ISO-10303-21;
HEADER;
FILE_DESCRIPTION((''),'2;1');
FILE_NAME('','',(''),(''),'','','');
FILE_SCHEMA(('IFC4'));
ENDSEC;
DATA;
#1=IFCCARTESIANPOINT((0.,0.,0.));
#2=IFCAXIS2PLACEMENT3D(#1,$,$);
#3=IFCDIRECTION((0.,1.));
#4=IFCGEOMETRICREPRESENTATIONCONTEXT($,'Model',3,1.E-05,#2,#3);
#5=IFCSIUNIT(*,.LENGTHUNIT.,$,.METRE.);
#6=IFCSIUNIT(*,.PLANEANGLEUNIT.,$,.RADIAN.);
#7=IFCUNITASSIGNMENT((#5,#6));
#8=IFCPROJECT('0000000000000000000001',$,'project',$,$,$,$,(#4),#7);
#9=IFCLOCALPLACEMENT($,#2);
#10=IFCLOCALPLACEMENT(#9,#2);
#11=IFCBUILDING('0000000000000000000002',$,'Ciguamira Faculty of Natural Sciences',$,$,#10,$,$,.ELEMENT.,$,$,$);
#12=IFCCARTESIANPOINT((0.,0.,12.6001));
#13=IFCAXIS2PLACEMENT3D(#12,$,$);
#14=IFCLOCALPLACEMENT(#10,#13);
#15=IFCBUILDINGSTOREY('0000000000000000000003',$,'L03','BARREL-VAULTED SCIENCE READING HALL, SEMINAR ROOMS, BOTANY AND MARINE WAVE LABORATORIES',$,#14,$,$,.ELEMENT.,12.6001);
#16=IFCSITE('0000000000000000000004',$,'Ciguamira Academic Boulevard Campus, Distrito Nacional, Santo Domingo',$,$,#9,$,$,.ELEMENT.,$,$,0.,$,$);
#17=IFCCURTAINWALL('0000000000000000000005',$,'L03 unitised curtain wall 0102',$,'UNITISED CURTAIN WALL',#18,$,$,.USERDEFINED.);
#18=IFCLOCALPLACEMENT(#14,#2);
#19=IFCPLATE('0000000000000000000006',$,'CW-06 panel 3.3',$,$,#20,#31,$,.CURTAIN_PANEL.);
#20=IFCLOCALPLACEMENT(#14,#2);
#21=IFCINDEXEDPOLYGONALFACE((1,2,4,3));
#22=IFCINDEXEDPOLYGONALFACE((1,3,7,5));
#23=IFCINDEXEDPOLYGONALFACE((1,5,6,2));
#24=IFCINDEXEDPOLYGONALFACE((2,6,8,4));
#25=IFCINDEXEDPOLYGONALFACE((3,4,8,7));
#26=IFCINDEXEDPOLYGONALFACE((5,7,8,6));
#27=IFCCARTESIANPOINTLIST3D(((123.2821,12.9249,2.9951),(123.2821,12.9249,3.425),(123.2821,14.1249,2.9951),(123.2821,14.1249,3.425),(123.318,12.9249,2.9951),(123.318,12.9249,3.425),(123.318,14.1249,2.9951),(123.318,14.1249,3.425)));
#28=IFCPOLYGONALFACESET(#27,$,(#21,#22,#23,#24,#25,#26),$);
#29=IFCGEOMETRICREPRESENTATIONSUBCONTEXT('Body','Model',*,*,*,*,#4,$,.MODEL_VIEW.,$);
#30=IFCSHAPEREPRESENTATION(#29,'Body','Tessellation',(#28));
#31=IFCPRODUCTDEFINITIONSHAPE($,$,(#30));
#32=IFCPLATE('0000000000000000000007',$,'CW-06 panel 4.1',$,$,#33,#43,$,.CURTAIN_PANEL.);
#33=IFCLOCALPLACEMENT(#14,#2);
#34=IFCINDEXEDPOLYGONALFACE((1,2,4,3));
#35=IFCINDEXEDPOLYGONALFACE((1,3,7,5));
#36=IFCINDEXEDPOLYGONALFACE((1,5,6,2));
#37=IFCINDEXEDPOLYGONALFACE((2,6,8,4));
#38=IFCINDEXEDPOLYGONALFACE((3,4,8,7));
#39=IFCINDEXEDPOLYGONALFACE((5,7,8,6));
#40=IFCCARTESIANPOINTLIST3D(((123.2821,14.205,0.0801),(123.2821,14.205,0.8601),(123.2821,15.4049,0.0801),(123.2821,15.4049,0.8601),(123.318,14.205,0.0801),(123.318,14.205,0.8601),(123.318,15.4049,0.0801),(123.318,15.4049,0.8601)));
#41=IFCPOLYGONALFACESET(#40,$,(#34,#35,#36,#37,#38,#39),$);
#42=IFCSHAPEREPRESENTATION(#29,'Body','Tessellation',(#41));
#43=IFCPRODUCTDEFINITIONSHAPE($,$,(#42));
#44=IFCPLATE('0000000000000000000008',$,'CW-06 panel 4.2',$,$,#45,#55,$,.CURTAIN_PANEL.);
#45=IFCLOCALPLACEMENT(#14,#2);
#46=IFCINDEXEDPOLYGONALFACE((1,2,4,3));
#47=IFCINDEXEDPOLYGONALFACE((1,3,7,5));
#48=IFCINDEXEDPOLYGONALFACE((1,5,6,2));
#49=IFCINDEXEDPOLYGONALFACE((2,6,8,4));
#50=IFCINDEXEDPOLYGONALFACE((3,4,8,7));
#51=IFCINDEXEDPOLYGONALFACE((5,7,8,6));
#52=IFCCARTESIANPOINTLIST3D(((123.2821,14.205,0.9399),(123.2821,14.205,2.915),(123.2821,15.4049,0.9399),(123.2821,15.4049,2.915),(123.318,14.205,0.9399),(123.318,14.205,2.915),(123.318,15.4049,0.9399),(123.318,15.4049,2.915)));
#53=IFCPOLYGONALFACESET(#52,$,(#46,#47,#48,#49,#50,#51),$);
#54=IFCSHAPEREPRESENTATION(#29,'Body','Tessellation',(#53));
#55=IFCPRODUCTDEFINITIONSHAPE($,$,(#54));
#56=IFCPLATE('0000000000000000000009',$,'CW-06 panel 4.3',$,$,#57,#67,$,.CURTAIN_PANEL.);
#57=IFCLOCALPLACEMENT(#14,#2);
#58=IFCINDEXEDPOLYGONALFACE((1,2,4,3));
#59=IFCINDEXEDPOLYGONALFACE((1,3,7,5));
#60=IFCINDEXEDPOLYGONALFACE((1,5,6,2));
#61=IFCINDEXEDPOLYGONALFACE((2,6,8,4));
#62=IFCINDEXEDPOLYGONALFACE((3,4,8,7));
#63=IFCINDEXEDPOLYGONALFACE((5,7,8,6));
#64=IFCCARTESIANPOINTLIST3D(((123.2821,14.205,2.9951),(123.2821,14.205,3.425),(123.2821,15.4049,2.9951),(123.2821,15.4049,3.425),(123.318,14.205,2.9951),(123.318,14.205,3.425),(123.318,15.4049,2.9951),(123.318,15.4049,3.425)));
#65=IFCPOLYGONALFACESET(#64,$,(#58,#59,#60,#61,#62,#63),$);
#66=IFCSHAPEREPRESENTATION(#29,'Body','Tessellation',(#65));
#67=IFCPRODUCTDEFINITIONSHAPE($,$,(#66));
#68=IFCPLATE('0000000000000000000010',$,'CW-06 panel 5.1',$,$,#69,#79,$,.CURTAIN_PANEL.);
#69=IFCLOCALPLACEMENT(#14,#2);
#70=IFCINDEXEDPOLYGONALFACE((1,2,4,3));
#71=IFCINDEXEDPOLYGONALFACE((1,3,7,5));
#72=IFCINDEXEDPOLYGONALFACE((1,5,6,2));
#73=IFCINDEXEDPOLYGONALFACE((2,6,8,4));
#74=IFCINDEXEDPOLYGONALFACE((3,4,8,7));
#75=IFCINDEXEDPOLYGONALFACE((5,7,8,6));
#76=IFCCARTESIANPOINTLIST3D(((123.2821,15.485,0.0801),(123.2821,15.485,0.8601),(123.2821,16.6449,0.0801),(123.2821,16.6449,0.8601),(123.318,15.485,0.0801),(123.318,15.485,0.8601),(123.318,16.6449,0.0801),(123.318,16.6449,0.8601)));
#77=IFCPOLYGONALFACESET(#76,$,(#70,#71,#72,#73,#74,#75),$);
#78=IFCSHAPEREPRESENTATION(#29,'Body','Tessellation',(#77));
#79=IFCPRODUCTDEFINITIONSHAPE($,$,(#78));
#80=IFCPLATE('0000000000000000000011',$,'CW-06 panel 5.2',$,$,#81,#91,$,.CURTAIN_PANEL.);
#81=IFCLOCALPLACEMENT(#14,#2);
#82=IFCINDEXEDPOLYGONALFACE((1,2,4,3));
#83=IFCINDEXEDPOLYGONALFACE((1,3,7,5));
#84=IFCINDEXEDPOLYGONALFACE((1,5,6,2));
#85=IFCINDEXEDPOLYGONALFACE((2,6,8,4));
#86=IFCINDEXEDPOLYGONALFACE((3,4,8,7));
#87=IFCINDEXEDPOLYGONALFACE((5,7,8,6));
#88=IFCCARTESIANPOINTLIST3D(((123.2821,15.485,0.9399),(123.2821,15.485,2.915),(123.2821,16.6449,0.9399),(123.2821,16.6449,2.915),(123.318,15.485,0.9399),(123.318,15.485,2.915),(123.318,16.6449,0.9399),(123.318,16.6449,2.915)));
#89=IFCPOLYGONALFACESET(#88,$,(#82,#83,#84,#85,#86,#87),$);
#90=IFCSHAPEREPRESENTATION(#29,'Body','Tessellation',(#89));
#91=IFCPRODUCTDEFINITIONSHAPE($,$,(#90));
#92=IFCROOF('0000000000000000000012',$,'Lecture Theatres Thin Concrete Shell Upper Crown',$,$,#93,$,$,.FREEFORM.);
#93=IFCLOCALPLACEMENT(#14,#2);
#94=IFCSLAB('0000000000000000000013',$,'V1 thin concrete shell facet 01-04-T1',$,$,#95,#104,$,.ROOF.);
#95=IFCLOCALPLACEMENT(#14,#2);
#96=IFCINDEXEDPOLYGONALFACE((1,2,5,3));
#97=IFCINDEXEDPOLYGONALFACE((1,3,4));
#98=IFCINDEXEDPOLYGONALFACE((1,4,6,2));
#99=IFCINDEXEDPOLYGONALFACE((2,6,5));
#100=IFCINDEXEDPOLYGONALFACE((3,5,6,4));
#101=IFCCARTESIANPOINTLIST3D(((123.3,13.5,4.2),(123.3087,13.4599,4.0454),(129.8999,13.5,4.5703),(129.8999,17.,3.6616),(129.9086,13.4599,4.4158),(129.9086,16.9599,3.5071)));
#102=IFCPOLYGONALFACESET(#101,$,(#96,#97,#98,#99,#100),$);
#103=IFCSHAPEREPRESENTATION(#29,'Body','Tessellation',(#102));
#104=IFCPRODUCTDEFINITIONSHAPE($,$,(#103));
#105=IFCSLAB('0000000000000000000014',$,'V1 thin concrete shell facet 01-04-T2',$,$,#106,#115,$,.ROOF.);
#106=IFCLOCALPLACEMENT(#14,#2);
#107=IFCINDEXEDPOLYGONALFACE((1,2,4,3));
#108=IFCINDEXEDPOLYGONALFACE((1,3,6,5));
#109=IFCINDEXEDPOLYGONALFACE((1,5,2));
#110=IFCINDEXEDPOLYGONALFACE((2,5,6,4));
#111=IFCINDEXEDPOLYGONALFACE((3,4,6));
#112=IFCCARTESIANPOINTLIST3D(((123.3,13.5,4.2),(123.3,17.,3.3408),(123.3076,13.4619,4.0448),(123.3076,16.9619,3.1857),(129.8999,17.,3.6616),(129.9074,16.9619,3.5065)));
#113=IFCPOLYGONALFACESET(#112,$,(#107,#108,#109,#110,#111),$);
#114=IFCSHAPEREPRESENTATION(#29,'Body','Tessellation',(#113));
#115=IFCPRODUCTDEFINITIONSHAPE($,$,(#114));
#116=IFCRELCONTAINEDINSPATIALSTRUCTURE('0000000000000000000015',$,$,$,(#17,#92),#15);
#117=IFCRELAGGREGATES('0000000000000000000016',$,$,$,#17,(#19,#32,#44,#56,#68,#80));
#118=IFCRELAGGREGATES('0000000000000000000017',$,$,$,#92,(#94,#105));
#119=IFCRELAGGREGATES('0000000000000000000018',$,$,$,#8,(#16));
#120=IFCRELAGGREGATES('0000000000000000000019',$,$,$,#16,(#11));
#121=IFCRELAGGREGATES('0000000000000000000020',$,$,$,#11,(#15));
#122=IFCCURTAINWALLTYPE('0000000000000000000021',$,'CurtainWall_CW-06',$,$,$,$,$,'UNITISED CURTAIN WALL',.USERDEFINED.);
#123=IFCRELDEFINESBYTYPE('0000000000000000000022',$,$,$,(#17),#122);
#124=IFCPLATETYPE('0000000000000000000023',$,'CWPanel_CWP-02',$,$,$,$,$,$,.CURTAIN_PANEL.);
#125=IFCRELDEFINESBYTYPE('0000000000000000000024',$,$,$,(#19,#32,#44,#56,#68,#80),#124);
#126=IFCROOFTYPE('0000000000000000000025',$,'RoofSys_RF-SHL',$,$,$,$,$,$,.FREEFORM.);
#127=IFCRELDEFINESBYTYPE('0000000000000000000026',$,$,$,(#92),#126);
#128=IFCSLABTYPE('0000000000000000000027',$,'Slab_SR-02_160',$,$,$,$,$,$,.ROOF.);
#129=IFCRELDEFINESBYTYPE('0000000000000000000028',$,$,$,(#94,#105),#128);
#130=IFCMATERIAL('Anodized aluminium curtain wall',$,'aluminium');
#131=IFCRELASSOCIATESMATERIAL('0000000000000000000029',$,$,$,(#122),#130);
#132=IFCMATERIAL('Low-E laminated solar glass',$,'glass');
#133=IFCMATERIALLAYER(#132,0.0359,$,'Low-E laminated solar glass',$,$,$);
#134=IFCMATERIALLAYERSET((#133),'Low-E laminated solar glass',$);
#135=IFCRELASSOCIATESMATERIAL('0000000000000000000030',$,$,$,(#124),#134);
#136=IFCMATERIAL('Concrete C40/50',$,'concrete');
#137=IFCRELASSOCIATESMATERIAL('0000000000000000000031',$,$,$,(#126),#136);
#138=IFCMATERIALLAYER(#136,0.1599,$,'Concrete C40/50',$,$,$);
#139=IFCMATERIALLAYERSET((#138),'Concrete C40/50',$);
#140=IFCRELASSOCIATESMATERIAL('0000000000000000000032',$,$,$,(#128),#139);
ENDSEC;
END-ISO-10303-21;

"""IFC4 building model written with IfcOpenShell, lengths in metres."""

from ifc_helpers import new_model, si_unit, direction, frame, origin, origin_2d, place, context, subcontext, project, spatial, polyline, rectangle, outline, extrude, material, layer, layer_set, type_object, element, aggregate, save


model = new_model("IFC4")

# Units and contexts
model_context = context("Model", 3, precision=1e-05, world=origin(), true_north=direction((0.0, 1.0)))
body_context = subcontext(model_context, "Body", "Model", "MODEL_VIEW")
ifc_project = project(units=[si_unit("LENGTHUNIT", "METRE"), si_unit("PLANEANGLEUNIT", "RADIAN")], contexts=[model_context])

# Site, building, storey
site_placement = place(None, origin())
site = spatial("IfcSite", under=ifc_project, at=site_placement, Name="Ciguamira Academic Boulevard Campus, Distrito Nacional, Santo Domingo", CompositionType="ELEMENT", RefElevation=0.0)
building_placement = place(site_placement, origin())
building = spatial("IfcBuilding", under=site, at=building_placement, Name="Ciguamira Faculty of Natural Sciences", CompositionType="ELEMENT")
storey_placement = place(building_placement, frame((0.0, 0.0, 12.6001)))
storey = spatial("IfcBuildingStorey", under=building, at=storey_placement, Name="L03", Description="BARREL-VAULTED SCIENCE READING HALL, SEMINAR ROOMS, BOTANY AND MARINE WAVE LABORATORIES", CompositionType="ELEMENT", Elevation=12.6001)

# Curtain wall, plates
ifc_material_1 = material(Name="Anodized aluminium curtain wall", Category="aluminium")
curtain_wall_type = type_object("IfcCurtainWallType", Name="CurtainWall_CW-06", ElementType="UNITISED CURTAIN WALL", PredefinedType="USERDEFINED", material=ifc_material_1)
curtain_wall_placement = place(storey_placement, origin())
curtain_wall = element("IfcCurtainWall", 1, at=curtain_wall_placement, inside=storey, type_object=curtain_wall_type, Name="L03 unitised curtain wall 0102", ObjectType="UNITISED CURTAIN WALL", PredefinedType="USERDEFINED")
ifc_material_2 = material(Name="Low-E laminated solar glass", Category="glass")
ifc_layer_1 = layer(ifc_material_2, 0.0359, Name="Low-E laminated solar glass")
ifc_layer_set_1 = layer_set([ifc_layer_1], Name="Low-E laminated solar glass")
plate_type = type_object("IfcPlateType", Name="CWPanel_CWP-02", PredefinedType="CURTAIN_PANEL", material=ifc_layer_set_1)
plate_1_placement = place(storey_placement, frame((123.3, 13.5249, 2.9951), z_axis=(0.0, 0.0, 1.0), x_axis=(0.0, 1.0, 0.0)))
plate_1 = element("IfcPlate", 2, at=plate_1_placement, type_object=plate_type, Name="CW-06 panel 3.3", PredefinedType="CURTAIN_PANEL", context=body_context, shape_type="SweptSolid", body=[
    extrude(rectangle(XDim=1.2, YDim=0.0359, at=origin_2d()), origin(), (0.0, 0.0, 1.0), 0.4299),
])
plate_2_placement = place(storey_placement, frame((123.3, 14.8049, 0.0801), z_axis=(0.0, 0.0, 1.0), x_axis=(0.0, 1.0, 0.0)))
plate_2 = element("IfcPlate", 3, at=plate_2_placement, type_object=plate_type, Name="CW-06 panel 4.1", PredefinedType="CURTAIN_PANEL", context=body_context, shape_type="SweptSolid", body=[
    extrude(rectangle(XDim=1.2, YDim=0.0359, at=origin_2d()), origin(), (0.0, 0.0, 1.0), 0.78),
])
plate_3_placement = place(storey_placement, frame((123.3, 14.8049, 0.9399), z_axis=(0.0, 0.0, 1.0), x_axis=(0.0, 1.0, 0.0)))
plate_3 = element("IfcPlate", 4, at=plate_3_placement, type_object=plate_type, Name="CW-06 panel 4.2", PredefinedType="CURTAIN_PANEL", context=body_context, shape_type="SweptSolid", body=[
    extrude(rectangle(XDim=1.2, YDim=0.0359, at=origin_2d()), origin(), (0.0, 0.0, 1.0), 1.9751),
])
plate_4_placement = place(storey_placement, frame((123.3, 14.8049, 2.9951), z_axis=(0.0, 0.0, 1.0), x_axis=(0.0, 1.0, 0.0)))
plate_4 = element("IfcPlate", 5, at=plate_4_placement, type_object=plate_type, Name="CW-06 panel 4.3", PredefinedType="CURTAIN_PANEL", context=body_context, shape_type="SweptSolid", body=[
    extrude(rectangle(XDim=1.2, YDim=0.0359, at=origin_2d()), origin(), (0.0, 0.0, 1.0), 0.4299),
])
plate_5_placement = place(storey_placement, frame((123.3, 16.0649, 0.0801), z_axis=(0.0, 0.0, 1.0), x_axis=(0.0, 1.0, 0.0)))
plate_5 = element("IfcPlate", 6, at=plate_5_placement, type_object=plate_type, Name="CW-06 panel 5.1", PredefinedType="CURTAIN_PANEL", context=body_context, shape_type="SweptSolid", body=[
    extrude(rectangle(XDim=1.1599, YDim=0.0359, at=origin_2d()), origin(), (0.0, 0.0, 1.0), 0.78),
])
plate_6_placement = place(storey_placement, frame((123.3, 16.0649, 0.9399), z_axis=(0.0, 0.0, 1.0), x_axis=(0.0, 1.0, 0.0)))
plate_6 = element("IfcPlate", 7, at=plate_6_placement, type_object=plate_type, Name="CW-06 panel 5.2", PredefinedType="CURTAIN_PANEL", context=body_context, shape_type="SweptSolid", body=[
    extrude(rectangle(XDim=1.1599, YDim=0.0359, at=origin_2d()), origin(), (0.0, 0.0, 1.0), 1.9751),
])
aggregate(curtain_wall, [plate_1, plate_2, plate_3, plate_4, plate_5, plate_6])

# Roof, slabs
ifc_material_3 = material(Name="Concrete C40/50", Category="concrete")
roof_type = type_object("IfcRoofType", Name="RoofSys_RF-SHL", PredefinedType="FREEFORM", material=ifc_material_3)
roof_placement = place(storey_placement, origin())
roof = element("IfcRoof", 8, at=roof_placement, inside=storey, type_object=roof_type, Name="Lecture Theatres Thin Concrete Shell Upper Crown", PredefinedType="FREEFORM")
ifc_layer_2 = layer(ifc_material_3, 0.1599, Name="Concrete C40/50")
ifc_layer_set_2 = layer_set([ifc_layer_2], Name="Concrete C40/50")
slab_type = type_object("IfcSlabType", Name="Slab_SR-02_160", PredefinedType="ROOF", material=ifc_layer_set_2)
slab_1_placement = place(storey_placement, frame((123.3, 13.5, 4.2), z_axis=(-0.054236, 0.250925, 0.966486), x_axis=(0.998429, 0.0, 0.056028)))
slab_1 = element("IfcSlab", 9, at=slab_1_placement, type_object=slab_type, Name="V1 thin concrete shell facet 01-04-T1", PredefinedType="ROOF", context=body_context, shape_type="SweptSolid", body=[
    extrude(outline(polyline([(0.0, 0.0), (6.6102, 0.0), (6.5593, 3.6157), (0.0, 0.0)])), origin(), (0.0, 0.0, -1.0), 0.1599),
])
slab_2_placement = place(storey_placement, frame((123.3, 13.5, 4.2), z_axis=(-0.047153, 0.238124, 0.970089), x_axis=(0.881173, 0.467299, -0.071875)))
slab_2 = element("IfcSlab", 10, at=slab_2_placement, type_object=slab_type, Name="V1 thin concrete shell facet 01-04-T2", PredefinedType="ROOF", context=body_context, shape_type="SweptSolid", body=[
    extrude(outline(polyline([(0.0, 0.0), (7.4899, 0.0), (1.6973, 3.1792), (0.0, 0.0)])), origin(), (0.0, 0.0, -1.0), 0.1599),
])
aggregate(roof, [slab_1, slab_2])

save(model, "model.ifc")
